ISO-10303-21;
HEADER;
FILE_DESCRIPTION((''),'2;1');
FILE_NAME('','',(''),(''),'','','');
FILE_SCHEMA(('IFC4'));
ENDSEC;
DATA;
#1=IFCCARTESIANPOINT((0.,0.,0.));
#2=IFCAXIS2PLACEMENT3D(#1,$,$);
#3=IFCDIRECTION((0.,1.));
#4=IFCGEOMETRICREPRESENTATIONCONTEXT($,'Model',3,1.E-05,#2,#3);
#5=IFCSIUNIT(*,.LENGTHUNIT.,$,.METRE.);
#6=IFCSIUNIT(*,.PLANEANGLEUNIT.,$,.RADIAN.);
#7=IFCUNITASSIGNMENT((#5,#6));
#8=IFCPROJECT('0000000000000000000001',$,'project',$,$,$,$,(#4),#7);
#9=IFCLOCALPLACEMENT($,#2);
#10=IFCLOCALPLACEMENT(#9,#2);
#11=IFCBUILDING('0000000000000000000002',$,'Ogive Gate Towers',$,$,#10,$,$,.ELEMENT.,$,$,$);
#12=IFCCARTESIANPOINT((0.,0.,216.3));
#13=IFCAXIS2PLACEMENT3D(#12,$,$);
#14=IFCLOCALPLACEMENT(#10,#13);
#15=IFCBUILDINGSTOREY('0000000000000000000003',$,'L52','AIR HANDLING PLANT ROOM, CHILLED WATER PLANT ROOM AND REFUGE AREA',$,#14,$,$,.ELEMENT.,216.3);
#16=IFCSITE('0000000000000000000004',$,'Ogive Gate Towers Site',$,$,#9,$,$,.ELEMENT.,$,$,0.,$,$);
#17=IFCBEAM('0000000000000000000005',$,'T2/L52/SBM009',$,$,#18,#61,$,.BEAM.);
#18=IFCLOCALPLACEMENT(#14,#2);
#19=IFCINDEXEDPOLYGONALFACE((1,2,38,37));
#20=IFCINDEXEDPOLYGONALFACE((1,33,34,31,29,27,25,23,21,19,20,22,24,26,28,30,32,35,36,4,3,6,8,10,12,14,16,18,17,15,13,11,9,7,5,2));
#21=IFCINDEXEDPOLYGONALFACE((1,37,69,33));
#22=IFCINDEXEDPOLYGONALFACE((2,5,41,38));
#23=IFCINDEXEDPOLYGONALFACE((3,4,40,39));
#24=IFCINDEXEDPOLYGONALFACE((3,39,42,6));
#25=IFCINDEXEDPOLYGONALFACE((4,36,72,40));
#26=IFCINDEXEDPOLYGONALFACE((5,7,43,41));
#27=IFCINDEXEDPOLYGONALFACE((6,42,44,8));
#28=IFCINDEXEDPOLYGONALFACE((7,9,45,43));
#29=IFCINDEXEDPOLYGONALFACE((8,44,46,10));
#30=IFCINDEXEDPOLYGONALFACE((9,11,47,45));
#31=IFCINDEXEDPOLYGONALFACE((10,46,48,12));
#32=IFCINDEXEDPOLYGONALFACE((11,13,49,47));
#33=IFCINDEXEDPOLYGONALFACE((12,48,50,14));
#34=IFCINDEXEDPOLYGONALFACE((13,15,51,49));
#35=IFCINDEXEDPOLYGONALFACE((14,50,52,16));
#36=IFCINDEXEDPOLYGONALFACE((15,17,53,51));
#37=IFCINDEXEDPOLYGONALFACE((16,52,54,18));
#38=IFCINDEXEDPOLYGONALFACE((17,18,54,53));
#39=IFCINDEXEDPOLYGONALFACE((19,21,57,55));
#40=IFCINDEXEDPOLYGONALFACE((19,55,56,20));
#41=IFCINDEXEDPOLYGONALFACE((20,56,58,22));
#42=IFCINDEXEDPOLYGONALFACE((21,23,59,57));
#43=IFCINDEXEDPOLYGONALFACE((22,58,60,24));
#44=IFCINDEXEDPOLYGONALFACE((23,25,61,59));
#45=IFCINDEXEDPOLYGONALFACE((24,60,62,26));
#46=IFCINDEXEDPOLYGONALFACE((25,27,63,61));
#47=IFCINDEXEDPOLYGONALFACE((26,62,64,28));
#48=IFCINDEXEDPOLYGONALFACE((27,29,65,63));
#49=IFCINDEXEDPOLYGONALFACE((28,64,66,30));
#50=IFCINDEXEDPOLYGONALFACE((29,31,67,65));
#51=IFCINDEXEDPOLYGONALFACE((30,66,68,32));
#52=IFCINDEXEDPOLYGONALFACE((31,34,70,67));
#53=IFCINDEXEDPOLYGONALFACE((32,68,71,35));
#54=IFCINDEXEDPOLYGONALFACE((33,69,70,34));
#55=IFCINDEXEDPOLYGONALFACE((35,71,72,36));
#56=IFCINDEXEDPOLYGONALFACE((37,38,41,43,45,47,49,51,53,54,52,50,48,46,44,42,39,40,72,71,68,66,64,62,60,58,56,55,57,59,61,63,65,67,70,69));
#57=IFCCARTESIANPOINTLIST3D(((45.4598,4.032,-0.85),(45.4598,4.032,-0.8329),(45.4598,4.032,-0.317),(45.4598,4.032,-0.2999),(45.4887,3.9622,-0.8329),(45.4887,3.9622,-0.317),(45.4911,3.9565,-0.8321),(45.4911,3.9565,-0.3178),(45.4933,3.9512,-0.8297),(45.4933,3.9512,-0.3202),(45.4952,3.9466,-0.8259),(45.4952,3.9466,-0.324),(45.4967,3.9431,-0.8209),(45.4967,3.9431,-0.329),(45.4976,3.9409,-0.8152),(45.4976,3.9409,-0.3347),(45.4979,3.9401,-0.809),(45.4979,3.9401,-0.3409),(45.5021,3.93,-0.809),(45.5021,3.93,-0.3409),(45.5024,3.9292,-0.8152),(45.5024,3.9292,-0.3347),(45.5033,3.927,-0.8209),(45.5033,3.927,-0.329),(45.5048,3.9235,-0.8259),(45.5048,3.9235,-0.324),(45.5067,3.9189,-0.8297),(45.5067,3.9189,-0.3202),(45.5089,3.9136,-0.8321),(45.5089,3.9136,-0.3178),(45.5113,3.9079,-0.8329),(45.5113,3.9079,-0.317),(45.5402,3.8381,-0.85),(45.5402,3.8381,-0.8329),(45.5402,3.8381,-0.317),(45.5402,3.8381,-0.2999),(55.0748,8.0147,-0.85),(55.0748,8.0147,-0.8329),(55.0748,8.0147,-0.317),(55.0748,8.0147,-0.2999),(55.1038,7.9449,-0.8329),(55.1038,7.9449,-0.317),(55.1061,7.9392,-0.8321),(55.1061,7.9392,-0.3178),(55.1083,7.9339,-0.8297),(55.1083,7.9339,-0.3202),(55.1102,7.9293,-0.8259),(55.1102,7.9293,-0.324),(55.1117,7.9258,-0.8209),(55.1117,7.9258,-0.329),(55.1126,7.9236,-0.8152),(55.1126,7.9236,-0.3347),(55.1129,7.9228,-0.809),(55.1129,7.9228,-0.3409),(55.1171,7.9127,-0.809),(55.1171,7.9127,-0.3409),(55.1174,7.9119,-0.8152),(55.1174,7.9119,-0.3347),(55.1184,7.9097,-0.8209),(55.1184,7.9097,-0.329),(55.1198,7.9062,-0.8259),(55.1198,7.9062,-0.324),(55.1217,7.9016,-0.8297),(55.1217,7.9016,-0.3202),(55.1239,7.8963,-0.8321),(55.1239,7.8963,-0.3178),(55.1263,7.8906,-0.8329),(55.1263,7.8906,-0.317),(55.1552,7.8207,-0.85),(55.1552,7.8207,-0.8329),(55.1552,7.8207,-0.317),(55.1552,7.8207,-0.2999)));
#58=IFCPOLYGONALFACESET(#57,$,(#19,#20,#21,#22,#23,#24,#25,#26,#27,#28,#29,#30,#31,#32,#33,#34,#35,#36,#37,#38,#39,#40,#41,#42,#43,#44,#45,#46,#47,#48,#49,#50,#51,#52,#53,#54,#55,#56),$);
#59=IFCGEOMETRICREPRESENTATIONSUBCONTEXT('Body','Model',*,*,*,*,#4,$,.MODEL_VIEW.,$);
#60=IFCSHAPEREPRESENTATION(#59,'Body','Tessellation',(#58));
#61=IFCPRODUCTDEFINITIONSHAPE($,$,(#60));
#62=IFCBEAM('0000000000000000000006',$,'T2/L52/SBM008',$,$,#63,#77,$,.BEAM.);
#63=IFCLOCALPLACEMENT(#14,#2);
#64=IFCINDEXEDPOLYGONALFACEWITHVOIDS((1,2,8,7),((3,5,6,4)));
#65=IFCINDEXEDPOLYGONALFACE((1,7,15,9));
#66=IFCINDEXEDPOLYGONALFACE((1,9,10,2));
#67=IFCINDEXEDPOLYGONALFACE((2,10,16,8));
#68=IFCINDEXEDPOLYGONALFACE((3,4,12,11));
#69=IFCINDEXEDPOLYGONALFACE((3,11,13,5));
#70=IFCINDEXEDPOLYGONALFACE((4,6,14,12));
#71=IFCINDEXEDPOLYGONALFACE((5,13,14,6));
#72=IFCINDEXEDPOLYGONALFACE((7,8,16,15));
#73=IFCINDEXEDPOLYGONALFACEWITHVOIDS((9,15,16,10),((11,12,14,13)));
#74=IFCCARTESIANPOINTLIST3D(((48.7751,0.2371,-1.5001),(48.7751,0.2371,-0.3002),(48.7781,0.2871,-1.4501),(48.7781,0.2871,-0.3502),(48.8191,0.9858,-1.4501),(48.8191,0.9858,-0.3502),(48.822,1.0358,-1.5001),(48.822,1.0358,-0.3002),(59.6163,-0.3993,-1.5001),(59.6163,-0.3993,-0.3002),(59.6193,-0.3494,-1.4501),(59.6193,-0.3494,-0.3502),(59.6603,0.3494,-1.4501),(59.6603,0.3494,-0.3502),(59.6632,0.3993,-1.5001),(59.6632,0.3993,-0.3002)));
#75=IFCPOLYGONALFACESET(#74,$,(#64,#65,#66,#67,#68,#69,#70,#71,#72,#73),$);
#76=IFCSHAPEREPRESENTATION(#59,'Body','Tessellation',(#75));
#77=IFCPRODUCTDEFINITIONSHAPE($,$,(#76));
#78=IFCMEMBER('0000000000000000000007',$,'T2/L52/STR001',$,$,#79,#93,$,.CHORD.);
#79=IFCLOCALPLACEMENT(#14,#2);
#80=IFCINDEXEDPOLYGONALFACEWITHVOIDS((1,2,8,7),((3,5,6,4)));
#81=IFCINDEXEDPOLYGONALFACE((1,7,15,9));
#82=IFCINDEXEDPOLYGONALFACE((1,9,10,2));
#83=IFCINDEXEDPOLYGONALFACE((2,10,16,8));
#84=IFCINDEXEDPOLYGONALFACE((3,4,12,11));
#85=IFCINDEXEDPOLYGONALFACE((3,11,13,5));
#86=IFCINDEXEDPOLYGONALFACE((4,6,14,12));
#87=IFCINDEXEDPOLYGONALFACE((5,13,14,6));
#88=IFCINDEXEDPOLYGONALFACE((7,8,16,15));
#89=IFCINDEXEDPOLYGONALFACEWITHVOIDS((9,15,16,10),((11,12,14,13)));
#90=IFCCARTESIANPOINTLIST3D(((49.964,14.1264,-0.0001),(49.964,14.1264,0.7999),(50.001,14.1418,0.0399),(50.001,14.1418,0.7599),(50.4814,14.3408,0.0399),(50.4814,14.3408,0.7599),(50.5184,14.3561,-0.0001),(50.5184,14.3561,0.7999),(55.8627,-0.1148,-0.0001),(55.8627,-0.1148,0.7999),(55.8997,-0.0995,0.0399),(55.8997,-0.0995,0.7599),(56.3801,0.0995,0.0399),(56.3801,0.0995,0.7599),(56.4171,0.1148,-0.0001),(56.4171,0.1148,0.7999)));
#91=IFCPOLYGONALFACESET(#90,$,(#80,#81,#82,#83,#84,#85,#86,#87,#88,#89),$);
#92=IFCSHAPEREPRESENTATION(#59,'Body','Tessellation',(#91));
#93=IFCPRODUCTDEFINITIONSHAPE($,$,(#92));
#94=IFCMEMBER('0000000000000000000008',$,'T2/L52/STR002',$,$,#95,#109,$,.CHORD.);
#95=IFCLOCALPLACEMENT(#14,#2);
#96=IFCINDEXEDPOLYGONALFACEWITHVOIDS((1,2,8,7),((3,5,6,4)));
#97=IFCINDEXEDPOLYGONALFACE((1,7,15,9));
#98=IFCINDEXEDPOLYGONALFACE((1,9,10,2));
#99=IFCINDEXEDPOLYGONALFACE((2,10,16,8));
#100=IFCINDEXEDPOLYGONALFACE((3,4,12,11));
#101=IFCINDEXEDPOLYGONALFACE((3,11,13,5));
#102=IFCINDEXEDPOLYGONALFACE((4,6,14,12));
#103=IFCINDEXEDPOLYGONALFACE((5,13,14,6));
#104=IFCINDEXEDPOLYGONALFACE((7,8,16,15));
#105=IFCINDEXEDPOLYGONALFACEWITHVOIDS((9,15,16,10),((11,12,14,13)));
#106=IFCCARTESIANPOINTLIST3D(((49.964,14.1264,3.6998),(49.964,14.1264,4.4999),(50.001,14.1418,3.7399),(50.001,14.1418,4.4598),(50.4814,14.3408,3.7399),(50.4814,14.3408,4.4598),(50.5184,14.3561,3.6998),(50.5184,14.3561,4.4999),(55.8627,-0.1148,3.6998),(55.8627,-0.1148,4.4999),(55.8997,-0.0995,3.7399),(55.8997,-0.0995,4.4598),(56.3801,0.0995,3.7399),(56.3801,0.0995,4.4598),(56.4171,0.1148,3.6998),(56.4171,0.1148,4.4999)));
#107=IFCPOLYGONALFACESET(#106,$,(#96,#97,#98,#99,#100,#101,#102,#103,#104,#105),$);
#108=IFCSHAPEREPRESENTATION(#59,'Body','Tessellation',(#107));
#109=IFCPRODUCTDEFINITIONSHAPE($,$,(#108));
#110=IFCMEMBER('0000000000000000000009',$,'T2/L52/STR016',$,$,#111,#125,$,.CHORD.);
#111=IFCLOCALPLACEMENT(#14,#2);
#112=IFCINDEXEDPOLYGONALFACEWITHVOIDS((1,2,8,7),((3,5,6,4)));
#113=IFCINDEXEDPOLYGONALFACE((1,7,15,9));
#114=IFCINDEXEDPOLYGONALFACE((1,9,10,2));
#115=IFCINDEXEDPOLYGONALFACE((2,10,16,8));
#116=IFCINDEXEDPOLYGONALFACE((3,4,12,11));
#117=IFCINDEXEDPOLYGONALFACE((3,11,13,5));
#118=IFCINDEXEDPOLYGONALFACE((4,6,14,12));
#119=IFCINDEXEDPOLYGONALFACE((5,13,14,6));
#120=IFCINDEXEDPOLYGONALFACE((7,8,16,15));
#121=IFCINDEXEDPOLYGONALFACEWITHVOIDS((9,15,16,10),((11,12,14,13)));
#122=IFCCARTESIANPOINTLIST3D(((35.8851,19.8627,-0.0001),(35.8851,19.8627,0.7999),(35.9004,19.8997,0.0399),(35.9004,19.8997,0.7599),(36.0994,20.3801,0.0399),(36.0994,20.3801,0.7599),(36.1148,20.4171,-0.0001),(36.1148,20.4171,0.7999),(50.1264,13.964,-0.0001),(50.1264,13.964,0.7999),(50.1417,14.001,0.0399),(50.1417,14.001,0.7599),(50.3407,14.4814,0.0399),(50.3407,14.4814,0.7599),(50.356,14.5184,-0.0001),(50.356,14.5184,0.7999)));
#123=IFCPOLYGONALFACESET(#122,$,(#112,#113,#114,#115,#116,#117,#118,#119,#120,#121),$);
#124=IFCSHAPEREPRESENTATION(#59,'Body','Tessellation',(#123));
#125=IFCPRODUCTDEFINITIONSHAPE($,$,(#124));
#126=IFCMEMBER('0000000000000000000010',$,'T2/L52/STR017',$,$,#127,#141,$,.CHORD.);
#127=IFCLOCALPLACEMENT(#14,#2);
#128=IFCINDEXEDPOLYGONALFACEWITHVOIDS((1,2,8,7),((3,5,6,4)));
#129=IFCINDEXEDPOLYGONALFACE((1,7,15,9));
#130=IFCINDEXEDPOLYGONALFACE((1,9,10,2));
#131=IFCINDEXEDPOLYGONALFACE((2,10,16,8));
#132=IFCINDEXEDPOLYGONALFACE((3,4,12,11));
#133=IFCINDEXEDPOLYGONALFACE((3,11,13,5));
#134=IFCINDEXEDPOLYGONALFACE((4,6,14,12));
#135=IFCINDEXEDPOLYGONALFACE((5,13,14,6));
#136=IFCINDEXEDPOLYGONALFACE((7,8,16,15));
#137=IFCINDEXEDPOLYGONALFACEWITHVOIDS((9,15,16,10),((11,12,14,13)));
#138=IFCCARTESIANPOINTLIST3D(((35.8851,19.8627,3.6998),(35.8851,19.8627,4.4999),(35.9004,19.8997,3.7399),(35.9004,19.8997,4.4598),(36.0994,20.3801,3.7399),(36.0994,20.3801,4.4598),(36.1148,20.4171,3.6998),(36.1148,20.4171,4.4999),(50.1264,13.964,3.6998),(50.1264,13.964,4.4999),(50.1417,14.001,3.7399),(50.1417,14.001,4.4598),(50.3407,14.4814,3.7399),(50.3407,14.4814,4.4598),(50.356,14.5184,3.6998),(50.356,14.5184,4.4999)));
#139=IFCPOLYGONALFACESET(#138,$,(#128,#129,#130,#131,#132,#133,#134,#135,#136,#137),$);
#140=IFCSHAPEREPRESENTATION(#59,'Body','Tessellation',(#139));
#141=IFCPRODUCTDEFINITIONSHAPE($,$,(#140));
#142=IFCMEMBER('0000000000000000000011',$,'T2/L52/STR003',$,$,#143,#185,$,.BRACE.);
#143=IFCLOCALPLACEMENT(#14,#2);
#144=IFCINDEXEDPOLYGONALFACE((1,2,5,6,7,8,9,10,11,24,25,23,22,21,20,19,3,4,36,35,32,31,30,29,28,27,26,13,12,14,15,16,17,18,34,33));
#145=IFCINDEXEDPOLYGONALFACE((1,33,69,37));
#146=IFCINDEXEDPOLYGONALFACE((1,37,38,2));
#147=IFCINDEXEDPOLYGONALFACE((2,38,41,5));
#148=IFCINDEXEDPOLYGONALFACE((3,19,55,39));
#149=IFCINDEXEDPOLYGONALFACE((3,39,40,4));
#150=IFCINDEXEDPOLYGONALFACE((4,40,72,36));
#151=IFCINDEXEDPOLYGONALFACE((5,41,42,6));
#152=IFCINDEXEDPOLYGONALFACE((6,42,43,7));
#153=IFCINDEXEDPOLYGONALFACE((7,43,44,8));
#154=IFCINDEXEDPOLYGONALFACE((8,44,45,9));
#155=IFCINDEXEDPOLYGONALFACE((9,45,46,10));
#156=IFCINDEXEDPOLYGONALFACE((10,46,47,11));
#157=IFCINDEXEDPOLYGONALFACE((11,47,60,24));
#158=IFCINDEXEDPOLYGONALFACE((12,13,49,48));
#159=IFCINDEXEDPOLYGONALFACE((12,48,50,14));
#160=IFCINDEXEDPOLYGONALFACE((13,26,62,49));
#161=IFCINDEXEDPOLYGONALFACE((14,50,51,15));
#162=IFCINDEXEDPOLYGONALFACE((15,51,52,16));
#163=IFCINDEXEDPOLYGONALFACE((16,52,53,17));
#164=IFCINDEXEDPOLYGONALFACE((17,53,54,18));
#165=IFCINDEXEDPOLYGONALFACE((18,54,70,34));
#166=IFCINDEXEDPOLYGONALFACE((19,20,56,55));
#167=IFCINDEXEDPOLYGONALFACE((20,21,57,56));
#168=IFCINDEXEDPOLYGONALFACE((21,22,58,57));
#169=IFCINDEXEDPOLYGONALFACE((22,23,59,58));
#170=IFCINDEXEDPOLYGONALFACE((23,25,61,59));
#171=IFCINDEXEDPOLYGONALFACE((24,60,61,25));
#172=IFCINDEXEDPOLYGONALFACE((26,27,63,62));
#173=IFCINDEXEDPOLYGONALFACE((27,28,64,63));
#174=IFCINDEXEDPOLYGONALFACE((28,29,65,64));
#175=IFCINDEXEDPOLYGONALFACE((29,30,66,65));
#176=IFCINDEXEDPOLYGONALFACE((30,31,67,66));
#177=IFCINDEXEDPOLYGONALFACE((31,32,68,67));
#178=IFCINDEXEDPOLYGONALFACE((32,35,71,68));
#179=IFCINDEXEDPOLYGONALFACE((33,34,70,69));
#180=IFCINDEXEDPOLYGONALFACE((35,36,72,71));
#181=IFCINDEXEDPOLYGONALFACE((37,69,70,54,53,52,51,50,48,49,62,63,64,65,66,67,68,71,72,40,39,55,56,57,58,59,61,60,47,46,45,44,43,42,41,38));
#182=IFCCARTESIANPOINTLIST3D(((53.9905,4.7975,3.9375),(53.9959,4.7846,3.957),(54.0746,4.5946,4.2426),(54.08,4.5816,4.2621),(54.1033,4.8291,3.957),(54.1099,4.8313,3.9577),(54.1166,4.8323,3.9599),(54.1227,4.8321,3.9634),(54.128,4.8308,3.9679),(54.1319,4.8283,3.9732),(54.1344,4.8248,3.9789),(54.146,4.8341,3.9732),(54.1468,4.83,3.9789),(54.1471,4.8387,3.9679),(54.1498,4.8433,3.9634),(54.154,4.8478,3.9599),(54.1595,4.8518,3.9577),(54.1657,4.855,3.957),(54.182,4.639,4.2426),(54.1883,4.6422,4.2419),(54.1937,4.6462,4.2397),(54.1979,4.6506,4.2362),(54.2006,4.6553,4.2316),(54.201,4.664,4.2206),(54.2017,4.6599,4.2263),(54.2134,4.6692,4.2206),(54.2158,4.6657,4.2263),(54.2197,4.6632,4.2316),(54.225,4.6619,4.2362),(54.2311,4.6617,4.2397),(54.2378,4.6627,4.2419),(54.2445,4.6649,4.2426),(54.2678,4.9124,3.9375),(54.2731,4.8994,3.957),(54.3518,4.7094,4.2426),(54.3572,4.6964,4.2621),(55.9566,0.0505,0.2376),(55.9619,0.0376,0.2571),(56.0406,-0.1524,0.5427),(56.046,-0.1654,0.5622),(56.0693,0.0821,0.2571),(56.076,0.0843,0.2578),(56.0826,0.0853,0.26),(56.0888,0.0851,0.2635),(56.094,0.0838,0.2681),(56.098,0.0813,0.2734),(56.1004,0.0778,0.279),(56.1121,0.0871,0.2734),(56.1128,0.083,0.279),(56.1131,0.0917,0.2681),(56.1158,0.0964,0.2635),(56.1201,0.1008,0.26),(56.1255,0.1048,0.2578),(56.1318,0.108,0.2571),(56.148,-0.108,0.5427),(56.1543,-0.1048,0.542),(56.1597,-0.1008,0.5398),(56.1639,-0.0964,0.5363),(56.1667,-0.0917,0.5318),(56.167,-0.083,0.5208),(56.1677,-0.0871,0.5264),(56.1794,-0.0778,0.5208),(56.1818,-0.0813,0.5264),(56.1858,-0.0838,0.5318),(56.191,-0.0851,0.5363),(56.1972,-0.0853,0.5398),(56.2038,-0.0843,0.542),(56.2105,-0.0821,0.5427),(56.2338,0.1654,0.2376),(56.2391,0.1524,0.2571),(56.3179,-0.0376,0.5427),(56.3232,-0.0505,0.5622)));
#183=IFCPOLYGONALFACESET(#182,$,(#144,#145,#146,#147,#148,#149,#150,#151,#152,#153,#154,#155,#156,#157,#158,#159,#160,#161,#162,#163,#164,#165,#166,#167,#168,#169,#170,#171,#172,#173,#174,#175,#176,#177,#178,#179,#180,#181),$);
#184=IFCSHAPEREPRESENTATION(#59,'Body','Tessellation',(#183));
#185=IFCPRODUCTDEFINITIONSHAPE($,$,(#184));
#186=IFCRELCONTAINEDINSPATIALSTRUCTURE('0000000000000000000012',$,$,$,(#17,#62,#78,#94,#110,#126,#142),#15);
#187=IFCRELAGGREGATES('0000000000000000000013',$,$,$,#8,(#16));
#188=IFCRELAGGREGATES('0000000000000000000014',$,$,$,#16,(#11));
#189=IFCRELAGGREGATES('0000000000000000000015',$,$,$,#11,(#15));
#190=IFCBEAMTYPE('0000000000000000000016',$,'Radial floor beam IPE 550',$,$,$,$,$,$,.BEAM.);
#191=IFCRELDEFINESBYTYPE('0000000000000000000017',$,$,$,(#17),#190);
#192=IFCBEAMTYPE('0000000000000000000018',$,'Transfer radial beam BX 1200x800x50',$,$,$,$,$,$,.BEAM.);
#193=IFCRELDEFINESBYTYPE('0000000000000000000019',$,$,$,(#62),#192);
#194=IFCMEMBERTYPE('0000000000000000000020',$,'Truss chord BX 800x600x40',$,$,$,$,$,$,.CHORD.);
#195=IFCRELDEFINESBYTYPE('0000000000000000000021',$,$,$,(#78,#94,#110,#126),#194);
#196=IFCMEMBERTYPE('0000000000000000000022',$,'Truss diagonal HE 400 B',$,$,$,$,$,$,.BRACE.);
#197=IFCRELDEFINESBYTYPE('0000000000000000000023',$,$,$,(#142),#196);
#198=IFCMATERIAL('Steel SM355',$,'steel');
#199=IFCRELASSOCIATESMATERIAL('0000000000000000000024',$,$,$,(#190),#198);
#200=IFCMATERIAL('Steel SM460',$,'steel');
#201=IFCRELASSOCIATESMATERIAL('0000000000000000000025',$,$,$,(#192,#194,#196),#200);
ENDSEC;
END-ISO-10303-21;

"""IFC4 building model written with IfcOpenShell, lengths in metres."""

from ifc_helpers import new_model, si_unit, direction, frame, origin, origin_2d, place, context, subcontext, project, spatial, hollow_rectangle, i_section, extrude, material, material_profile, profile_set, type_object, element, save


model = new_model("IFC4")

# Units and contexts
model_context = context("Model", 3, precision=1e-05, world=origin(), true_north=direction((0.0, 1.0)))
body_context = subcontext(model_context, "Body", "Model", "MODEL_VIEW")
ifc_project = project(units=[si_unit("LENGTHUNIT", "METRE"), si_unit("PLANEANGLEUNIT", "RADIAN")], contexts=[model_context])

# Site, building, storey
site_placement = place(None, origin())
site = spatial("IfcSite", under=ifc_project, at=site_placement, Name="Ogive Gate Towers Site", CompositionType="ELEMENT", RefElevation=0.0)
building_placement = place(site_placement, origin())
building = spatial("IfcBuilding", under=site, at=building_placement, Name="Ogive Gate Towers", CompositionType="ELEMENT")
storey_placement = place(building_placement, frame((0.0, 0.0, 216.3)))
storey = spatial("IfcBuildingStorey", under=building, at=storey_placement, Name="L52", Description="AIR HANDLING PLANT ROOM, CHILLED WATER PLANT ROOM AND REFUGE AREA", CompositionType="ELEMENT", Elevation=216.3)

# Shared definitions
ifc_material_1 = material(Name="Steel SM460", Category="steel")

# Beams
ifc_material_2 = material(Name="Steel SM355", Category="steel")
ifc_material_profile_1 = material_profile(ifc_material_2, i_section(OverallWidth=0.21, OverallDepth=0.55, WebThickness=0.011, FlangeThickness=0.0171, FilletRadius=0.0239, at=origin_2d()), Name="IPE 550")
ifc_profile_set_1 = profile_set([ifc_material_profile_1], Name="Steel SM355")
beam_type_1 = type_object("IfcBeamType", Name="Radial floor beam IPE 550", PredefinedType="BEAM", material=ifc_profile_set_1)
beam_1_placement = place(storey_placement, frame((45.5, 3.9351, -0.575), z_axis=(0.923879, 0.382684, 0.0), x_axis=(-0.382684, 0.923879, 0.0)))
element("IfcBeam", 1, at=beam_1_placement, inside=storey, type_object=beam_type_1, Name="T2/L52/SBM009", PredefinedType="BEAM", context=body_context, shape_type="SweptSolid", body=[
    extrude(i_section(OverallWidth=0.21, OverallDepth=0.55, WebThickness=0.011, FlangeThickness=0.0171, FilletRadius=0.0239, at=origin_2d()), origin(), (0.0, 0.0, 1.0), 10.4072),
])
ifc_material_profile_2 = material_profile(ifc_material_1, hollow_rectangle(XDim=0.8, YDim=1.2, WallThickness=0.05, at=origin_2d()), Name="BX 1200x800x50")
ifc_profile_set_2 = profile_set([ifc_material_profile_2], Name="Steel SM460")
beam_type_2 = type_object("IfcBeamType", Name="Transfer radial beam BX 1200x800x50", PredefinedType="BEAM", material=ifc_profile_set_2)
beam_2_placement = place(storey_placement, frame((48.7986, 0.6365, -0.9001), z_axis=(0.998281, -0.058607, 0.0), x_axis=(0.058607, 0.998281, 0.0)))
element("IfcBeam", 2, at=beam_2_placement, inside=storey, type_object=beam_type_2, Name="T2/L52/SBM008", PredefinedType="BEAM", context=body_context, shape_type="SweptSolid", body=[
    extrude(hollow_rectangle(XDim=0.8, YDim=1.2, WallThickness=0.05, at=origin_2d()), origin(), (0.0, 0.0, 1.0), 10.8599),
])

# Members
ifc_material_profile_3 = material_profile(ifc_material_1, hollow_rectangle(XDim=0.6001, YDim=0.8, WallThickness=0.04, at=origin_2d()), Name="BX 800x600x40")
ifc_profile_set_3 = profile_set([ifc_material_profile_3], Name="Steel SM460")
member_type_1 = type_object("IfcMemberType", Name="Truss chord BX 800x600x40", PredefinedType="CHORD", material=ifc_profile_set_3)
for number, where, z_axis, x_axis, name in (
    (3, (56.1399, 0.0, 0.3999), (-0.382671, 0.923885, 0.0), (-0.923885, -0.382671, 0.0), "T2/L52/STR001"),
    (4, (56.1399, 0.0, 4.0999), (-0.382671, 0.923885, 0.0), (-0.923885, -0.382671, 0.0), "T2/L52/STR002"),
    (5, (50.2412, 14.2412, 0.3999), (-0.923885, 0.382671, 0.0), (-0.382671, -0.923885, 0.0), "T2/L52/STR016"),
    (6, (50.2412, 14.2412, 4.0999), (-0.923885, 0.382671, 0.0), (-0.382671, -0.923885, 0.0), "T2/L52/STR017"),
):
    element("IfcMember", number, at=place(storey_placement, frame(where, z_axis=z_axis, x_axis=x_axis)), inside=storey, type_object=member_type_1, Name=name, PredefinedType="CHORD", context=body_context, shape_type="SweptSolid", body=[
        extrude(hollow_rectangle(XDim=0.6001, YDim=0.8, WallThickness=0.04, at=origin_2d()), origin(), (0.0, 0.0, 1.0), 15.4146),
    ])
ifc_material_profile_4 = material_profile(ifc_material_1, i_section(OverallWidth=0.3, OverallDepth=0.3999, WebThickness=0.0134, FlangeThickness=0.0239, FilletRadius=0.0271, at=origin_2d()), Name="HE 400 B")
ifc_profile_set_4 = profile_set([ifc_material_profile_4], Name="Steel SM460")
member_type_2 = type_object("IfcMemberType", Name="Truss diagonal HE 400 B", PredefinedType="BRACE", material=ifc_profile_set_4)
member_1_placement = place(storey_placement, frame((56.1399, 0.0, 0.3999), z_axis=(-0.310514, 0.749737, 0.584359), x_axis=(-0.923896, -0.382644, 0.0)))
element("IfcMember", 7, at=member_1_placement, inside=storey, type_object=member_type_2, Name="T2/L52/STR003", PredefinedType="BRACE", context=body_context, shape_type="SweptSolid", body=[
    extrude(i_section(OverallWidth=0.3, OverallDepth=0.3999, WebThickness=0.0134, FlangeThickness=0.0239, FilletRadius=0.0271, at=origin_2d()), origin(), (0.0, 0.0, 1.0), 6.3315),
])

save(model, "model.ifc")
